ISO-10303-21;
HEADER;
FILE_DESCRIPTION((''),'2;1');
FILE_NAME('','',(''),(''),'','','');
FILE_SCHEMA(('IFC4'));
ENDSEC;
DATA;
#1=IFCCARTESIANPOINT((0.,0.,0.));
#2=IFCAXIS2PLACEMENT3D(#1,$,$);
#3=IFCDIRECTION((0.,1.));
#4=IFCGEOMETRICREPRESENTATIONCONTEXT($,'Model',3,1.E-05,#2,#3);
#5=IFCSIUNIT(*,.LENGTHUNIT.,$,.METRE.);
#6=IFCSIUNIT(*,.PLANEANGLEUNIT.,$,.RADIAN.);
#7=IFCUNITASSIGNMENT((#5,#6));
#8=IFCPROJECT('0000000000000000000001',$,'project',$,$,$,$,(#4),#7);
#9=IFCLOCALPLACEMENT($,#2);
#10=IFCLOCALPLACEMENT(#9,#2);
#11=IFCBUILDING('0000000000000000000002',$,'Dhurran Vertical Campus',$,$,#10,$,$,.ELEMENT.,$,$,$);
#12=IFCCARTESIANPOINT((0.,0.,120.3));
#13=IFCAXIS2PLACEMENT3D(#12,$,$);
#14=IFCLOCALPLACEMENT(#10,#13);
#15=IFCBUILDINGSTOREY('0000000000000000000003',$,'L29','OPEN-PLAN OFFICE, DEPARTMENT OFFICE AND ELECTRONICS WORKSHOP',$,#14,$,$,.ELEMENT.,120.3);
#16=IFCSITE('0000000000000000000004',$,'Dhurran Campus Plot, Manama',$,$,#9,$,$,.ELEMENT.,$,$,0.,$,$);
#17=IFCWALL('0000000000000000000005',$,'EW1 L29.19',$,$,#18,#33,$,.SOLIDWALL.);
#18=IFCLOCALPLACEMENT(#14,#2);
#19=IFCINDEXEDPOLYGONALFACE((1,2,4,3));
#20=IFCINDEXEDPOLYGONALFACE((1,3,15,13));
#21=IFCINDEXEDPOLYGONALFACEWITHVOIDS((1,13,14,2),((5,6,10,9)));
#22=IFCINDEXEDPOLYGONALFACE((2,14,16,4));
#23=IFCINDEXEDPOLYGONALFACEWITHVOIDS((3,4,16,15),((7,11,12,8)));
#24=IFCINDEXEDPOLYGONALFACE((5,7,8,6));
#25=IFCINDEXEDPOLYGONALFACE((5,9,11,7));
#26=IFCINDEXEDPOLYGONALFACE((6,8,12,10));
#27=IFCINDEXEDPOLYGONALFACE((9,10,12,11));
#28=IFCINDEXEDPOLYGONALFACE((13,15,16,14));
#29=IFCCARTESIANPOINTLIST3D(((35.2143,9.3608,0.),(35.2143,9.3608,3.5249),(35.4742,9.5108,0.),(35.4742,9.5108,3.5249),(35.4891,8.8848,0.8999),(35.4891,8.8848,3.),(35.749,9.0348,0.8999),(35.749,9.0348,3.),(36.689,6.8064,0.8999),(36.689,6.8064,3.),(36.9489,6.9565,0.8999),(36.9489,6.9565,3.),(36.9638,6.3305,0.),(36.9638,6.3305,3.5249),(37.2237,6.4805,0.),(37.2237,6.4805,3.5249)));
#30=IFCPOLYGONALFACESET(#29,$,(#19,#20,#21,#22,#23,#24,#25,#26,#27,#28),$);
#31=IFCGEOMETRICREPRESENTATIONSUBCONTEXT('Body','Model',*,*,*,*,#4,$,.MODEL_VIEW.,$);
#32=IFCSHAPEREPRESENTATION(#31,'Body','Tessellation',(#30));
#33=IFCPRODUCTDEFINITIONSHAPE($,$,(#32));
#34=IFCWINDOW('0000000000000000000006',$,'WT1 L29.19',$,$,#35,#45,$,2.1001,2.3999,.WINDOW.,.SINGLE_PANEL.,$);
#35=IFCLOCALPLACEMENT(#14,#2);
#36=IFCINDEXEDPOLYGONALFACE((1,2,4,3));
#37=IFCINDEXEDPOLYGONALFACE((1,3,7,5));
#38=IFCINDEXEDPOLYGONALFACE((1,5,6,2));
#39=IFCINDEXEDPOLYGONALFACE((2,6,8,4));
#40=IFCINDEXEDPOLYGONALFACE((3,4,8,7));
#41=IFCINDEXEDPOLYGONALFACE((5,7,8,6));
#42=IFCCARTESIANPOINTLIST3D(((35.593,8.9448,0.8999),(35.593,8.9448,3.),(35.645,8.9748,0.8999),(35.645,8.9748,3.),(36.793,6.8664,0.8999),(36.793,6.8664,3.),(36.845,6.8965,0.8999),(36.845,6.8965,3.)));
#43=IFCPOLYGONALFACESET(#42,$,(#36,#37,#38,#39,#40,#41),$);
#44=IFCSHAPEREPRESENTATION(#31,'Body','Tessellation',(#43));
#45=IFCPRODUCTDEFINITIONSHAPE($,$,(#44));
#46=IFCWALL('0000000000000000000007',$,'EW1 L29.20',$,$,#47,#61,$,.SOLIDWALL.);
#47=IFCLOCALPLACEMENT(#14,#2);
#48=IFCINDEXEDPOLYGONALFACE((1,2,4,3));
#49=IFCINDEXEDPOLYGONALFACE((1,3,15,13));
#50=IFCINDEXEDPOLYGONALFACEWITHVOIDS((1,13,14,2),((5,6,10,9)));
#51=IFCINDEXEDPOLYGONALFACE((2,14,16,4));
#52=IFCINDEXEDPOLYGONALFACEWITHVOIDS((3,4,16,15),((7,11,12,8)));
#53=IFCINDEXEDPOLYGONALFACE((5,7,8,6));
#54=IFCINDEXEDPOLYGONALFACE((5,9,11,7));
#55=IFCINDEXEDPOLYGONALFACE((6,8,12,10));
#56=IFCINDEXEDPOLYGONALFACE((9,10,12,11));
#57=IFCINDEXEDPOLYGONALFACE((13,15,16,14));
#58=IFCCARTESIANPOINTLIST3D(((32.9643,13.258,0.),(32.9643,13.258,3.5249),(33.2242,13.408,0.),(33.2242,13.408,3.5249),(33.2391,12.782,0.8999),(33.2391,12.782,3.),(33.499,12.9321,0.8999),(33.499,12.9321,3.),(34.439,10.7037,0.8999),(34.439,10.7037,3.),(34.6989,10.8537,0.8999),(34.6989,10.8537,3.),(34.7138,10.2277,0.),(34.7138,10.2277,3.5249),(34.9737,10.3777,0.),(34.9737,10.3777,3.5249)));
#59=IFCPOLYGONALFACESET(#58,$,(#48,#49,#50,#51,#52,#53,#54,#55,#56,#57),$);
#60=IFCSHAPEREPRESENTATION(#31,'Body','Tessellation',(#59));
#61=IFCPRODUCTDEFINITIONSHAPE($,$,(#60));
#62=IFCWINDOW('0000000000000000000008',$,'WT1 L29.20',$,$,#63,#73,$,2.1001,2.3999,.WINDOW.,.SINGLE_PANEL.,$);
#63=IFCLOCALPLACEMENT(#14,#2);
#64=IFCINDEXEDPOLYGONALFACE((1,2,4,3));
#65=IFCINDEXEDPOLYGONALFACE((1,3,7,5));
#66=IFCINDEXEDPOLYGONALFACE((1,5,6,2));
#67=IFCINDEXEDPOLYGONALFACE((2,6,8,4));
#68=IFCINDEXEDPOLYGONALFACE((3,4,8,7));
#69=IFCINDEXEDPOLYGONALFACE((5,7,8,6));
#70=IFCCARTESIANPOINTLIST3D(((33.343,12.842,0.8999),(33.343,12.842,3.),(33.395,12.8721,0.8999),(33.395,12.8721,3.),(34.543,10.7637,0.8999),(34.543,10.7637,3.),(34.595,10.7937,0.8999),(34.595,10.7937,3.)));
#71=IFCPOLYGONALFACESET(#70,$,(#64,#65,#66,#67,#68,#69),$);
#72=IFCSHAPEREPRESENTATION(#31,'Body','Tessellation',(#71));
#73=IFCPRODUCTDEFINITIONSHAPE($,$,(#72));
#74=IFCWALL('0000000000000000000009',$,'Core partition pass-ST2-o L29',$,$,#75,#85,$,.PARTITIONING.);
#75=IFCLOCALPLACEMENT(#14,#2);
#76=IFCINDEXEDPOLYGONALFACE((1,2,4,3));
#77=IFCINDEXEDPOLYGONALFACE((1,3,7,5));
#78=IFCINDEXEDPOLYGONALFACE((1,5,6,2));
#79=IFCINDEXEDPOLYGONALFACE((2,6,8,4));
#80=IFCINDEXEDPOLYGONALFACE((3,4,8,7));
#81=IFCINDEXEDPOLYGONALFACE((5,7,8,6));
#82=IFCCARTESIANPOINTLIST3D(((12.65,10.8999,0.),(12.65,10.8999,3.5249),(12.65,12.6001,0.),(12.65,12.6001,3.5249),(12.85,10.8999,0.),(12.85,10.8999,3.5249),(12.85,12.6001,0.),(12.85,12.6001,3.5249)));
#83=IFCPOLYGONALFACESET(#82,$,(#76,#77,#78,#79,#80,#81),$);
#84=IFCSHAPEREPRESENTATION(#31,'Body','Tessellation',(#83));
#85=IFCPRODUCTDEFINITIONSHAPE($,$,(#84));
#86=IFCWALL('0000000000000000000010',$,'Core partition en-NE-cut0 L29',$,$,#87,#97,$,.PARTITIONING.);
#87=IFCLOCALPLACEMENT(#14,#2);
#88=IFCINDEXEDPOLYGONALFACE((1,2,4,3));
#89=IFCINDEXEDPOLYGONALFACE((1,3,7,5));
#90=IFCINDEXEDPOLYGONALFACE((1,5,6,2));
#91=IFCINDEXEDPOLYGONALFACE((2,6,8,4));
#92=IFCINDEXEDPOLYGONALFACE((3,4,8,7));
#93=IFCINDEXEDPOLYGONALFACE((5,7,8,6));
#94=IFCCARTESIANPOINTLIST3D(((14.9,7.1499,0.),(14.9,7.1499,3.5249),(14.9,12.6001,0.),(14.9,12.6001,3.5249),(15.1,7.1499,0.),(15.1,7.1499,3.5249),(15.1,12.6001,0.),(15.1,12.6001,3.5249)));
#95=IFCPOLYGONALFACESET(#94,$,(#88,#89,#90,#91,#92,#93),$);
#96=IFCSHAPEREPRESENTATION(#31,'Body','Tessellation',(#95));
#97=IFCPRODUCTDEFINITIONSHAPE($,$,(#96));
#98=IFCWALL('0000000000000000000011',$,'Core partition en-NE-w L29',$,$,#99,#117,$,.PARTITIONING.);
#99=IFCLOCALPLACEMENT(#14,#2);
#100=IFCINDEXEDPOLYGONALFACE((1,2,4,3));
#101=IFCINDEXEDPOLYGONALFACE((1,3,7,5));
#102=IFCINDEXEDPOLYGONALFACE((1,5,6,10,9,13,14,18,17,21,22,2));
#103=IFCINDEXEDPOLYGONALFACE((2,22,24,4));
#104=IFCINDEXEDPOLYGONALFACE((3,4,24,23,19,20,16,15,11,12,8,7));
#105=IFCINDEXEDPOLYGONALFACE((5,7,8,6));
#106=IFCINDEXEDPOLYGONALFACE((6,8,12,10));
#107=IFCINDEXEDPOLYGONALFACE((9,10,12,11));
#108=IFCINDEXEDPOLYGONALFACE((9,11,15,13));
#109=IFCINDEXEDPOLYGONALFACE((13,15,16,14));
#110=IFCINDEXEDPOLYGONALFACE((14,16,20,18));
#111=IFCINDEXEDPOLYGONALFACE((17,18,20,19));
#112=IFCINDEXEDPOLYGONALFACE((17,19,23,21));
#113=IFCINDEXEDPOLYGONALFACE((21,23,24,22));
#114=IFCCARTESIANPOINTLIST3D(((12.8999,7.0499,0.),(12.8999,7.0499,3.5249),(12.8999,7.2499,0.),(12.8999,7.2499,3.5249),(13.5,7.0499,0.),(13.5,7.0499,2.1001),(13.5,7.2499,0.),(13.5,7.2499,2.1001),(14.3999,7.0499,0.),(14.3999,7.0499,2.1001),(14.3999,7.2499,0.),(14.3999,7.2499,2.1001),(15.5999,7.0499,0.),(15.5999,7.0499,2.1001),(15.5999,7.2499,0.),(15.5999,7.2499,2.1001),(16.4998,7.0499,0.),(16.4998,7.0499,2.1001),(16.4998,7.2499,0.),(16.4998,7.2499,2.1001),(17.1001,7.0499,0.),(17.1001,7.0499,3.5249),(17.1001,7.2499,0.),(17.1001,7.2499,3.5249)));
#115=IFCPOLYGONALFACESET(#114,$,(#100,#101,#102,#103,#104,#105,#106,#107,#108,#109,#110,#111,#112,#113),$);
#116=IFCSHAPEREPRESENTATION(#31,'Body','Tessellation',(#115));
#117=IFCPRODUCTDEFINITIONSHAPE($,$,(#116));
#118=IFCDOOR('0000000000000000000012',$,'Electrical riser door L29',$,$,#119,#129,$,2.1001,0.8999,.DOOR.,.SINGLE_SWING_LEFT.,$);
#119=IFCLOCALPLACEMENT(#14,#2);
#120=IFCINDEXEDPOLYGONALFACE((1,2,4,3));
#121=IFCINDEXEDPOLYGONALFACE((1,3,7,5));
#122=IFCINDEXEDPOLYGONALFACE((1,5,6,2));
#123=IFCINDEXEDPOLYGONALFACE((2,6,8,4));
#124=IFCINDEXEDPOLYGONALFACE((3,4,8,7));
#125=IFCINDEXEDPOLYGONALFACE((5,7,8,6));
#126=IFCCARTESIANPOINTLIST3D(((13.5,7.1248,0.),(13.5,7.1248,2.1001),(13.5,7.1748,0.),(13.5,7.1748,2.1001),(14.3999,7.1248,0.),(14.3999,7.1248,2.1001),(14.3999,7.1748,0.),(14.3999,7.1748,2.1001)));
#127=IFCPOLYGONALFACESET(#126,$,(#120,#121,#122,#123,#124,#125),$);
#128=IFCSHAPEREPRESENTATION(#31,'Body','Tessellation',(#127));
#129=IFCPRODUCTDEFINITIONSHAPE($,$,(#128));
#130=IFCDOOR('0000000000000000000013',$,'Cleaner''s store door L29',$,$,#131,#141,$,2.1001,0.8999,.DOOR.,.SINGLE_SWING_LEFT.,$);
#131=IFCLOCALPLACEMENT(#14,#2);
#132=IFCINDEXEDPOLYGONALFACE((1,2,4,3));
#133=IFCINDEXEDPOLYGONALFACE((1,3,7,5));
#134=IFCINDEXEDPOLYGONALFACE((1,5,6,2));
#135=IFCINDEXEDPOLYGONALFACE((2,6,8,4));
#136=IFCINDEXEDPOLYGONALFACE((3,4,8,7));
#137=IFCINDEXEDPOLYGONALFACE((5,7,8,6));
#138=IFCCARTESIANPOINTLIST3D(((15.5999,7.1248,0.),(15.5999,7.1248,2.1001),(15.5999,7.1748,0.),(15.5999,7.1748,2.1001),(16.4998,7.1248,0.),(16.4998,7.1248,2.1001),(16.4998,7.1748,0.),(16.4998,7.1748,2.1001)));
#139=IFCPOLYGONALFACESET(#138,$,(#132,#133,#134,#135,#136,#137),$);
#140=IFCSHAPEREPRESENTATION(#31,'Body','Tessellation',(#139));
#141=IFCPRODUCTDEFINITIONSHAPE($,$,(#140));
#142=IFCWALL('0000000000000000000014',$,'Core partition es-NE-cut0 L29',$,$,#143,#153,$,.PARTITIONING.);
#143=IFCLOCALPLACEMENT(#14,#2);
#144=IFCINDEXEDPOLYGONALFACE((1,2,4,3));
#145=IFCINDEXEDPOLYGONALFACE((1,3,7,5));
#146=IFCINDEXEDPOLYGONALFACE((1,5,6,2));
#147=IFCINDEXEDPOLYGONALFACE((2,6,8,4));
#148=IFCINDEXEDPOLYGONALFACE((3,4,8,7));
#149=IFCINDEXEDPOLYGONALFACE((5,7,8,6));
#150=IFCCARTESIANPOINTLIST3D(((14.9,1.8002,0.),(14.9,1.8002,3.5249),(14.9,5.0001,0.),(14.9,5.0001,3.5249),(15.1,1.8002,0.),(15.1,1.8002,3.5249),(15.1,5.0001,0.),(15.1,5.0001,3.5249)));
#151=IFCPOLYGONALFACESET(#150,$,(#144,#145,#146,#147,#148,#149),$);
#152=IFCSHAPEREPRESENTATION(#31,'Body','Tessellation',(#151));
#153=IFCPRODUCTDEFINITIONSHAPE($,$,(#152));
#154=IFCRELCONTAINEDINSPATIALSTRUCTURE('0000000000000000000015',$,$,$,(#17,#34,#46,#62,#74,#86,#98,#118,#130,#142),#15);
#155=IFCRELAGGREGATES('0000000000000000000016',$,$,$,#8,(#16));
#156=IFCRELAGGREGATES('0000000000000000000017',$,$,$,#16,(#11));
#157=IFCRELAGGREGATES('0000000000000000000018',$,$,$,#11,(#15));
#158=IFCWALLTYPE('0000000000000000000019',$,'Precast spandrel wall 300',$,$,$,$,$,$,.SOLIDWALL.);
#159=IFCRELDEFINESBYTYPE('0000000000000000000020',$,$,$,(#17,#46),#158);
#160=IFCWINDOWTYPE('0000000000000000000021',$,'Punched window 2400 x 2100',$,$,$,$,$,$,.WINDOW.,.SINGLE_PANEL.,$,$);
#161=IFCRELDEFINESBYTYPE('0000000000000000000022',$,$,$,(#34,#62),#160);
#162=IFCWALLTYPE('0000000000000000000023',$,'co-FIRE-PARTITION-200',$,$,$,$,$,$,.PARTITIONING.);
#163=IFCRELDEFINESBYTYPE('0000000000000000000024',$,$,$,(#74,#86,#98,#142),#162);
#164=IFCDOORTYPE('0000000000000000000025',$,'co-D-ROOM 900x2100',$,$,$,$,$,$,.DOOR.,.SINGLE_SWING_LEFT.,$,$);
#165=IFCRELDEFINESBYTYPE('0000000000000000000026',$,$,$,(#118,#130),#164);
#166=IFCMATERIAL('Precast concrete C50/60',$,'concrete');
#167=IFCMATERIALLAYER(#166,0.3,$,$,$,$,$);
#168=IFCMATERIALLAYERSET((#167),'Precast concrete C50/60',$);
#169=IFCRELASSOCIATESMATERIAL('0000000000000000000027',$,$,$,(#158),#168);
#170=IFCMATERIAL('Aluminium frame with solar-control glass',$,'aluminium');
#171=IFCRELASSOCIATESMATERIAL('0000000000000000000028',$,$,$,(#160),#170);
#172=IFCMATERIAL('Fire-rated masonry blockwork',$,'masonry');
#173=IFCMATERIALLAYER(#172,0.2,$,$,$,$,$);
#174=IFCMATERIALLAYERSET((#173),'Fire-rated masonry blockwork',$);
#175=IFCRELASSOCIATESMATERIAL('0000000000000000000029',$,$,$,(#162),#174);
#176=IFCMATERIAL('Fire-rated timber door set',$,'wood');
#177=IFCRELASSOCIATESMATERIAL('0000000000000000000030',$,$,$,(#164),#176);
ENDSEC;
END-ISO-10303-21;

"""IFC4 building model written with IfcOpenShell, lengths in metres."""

from ifc_helpers import new_model, si_unit, direction, frame, frame_2d, origin, place, context, subcontext, project, spatial, rectangle, extrude, material, layer, layer_set, type_object, element, fill, save


model = new_model("IFC4")

# Units and contexts
model_context = context("Model", 3, precision=1e-05, world=origin(), true_north=direction((0.0, 1.0)))
body_context = subcontext(model_context, "Body", "Model", "MODEL_VIEW")
ifc_project = project(units=[si_unit("LENGTHUNIT", "METRE"), si_unit("PLANEANGLEUNIT", "RADIAN")], contexts=[model_context])

# Site, building, storey
site_placement = place(None, origin())
site = spatial("IfcSite", under=ifc_project, at=site_placement, Name="Dhurran Campus Plot, Manama", CompositionType="ELEMENT", RefElevation=0.0)
building_placement = place(site_placement, origin())
building = spatial("IfcBuilding", under=site, at=building_placement, Name="Dhurran Vertical Campus", CompositionType="ELEMENT")
storey_placement = place(building_placement, frame((0.0, 0.0, 120.3)))
storey = spatial("IfcBuildingStorey", under=building, at=storey_placement, Name="L29", Description="OPEN-PLAN OFFICE, DEPARTMENT OFFICE AND ELECTRONICS WORKSHOP", CompositionType="ELEMENT", Elevation=120.3)

# Walls, openings, windows
ifc_material_1 = material(Name="Precast concrete C50/60", Category="concrete")
ifc_layer_1 = layer(ifc_material_1, 0.3)
ifc_layer_set_1 = layer_set([ifc_layer_1], Name="Precast concrete C50/60")
wall_type_1 = type_object("IfcWallType", Name="Precast spandrel wall 300", PredefinedType="SOLIDWALL", material=ifc_layer_set_1)
ifc_material_2 = material(Name="Aluminium frame with solar-control glass", Category="aluminium")
window_type = type_object("IfcWindowType", Name="Punched window 2400 x 2100", PartitioningType="SINGLE_PANEL", PredefinedType="WINDOW", material=ifc_material_2)
wall_1_placement = place(storey_placement, frame((37.0938, 6.4055, 0.0), z_axis=(0.0, 0.0, 1.0), x_axis=(-0.499996, 0.866028, 0.0)))
wall_1 = element("IfcWall", 1, at=wall_1_placement, inside=storey, type_object=wall_type_1, Name="EW1 L29.19", PredefinedType="SOLIDWALL", context=body_context, shape_type="SweptSolid", body=[
    extrude(rectangle(XDim=3.499, YDim=0.3, at=frame_2d((1.7495, 0.0))), origin(), (0.0, 0.0, 1.0), 3.5249),
])
opening_1_placement = place(wall_1_placement, frame((0.5496, 0.0, 0.8999)))
opening_1 = element("IfcOpeningElement", 2, at=opening_1_placement, cuts=wall_1, PredefinedType="OPENING", context=body_context, shape_type="SweptSolid", body=[
    extrude(rectangle(XDim=2.3999, YDim=2.1001, at=frame_2d((1.2, 1.05))), frame((0.0, 0.1599, 0.0), z_axis=(0.0, -1.0, 0.0), x_axis=(1.0, 0.0, 0.0)), (0.0, 0.0, 1.0), 0.3201),
])
window_1_placement = place(opening_1_placement, origin())
window_1 = element("IfcWindow", 3, at=window_1_placement, inside=storey, type_object=window_type, Name="WT1 L29.19", OverallHeight=2.1001, OverallWidth=2.3999, PartitioningType="SINGLE_PANEL", PredefinedType="WINDOW", context=body_context, shape_type="SweptSolid", body=[
    extrude(rectangle(XDim=2.3999, YDim=2.1001, at=frame_2d((1.2, 1.05))), frame((0.0, 0.03, 0.0), z_axis=(0.0, -1.0, 0.0), x_axis=(1.0, 0.0, 0.0)), (0.0, 0.0, 1.0), 0.0601),
])
fill(opening_1, window_1)
wall_2_placement = place(storey_placement, frame((34.8438, 10.3027, 0.0), z_axis=(0.0, 0.0, 1.0), x_axis=(-0.499996, 0.866028, 0.0)))
wall_2 = element("IfcWall", 4, at=wall_2_placement, inside=storey, type_object=wall_type_1, Name="EW1 L29.20", PredefinedType="SOLIDWALL", context=body_context, shape_type="SweptSolid", body=[
    extrude(rectangle(XDim=3.499, YDim=0.3, at=frame_2d((1.7495, 0.0))), origin(), (0.0, 0.0, 1.0), 3.5249),
])
opening_2_placement = place(wall_2_placement, frame((0.5496, 0.0, 0.8999)))
opening_2 = element("IfcOpeningElement", 5, at=opening_2_placement, cuts=wall_2, PredefinedType="OPENING", context=body_context, shape_type="SweptSolid", body=[
    extrude(rectangle(XDim=2.3999, YDim=2.1001, at=frame_2d((1.2, 1.05))), frame((0.0, 0.1599, 0.0), z_axis=(0.0, -1.0, 0.0), x_axis=(1.0, 0.0, 0.0)), (0.0, 0.0, 1.0), 0.3201),
])
window_2_placement = place(opening_2_placement, origin())
window_2 = element("IfcWindow", 6, at=window_2_placement, inside=storey, type_object=window_type, Name="WT1 L29.20", OverallHeight=2.1001, OverallWidth=2.3999, PartitioningType="SINGLE_PANEL", PredefinedType="WINDOW", context=body_context, shape_type="SweptSolid", body=[
    extrude(rectangle(XDim=2.3999, YDim=2.1001, at=frame_2d((1.2, 1.05))), frame((0.0, 0.03, 0.0), z_axis=(0.0, -1.0, 0.0), x_axis=(1.0, 0.0, 0.0)), (0.0, 0.0, 1.0), 0.0601),
])
fill(opening_2, window_2)

# Walls
ifc_material_3 = material(Name="Fire-rated masonry blockwork", Category="masonry")
ifc_layer_2 = layer(ifc_material_3, 0.2)
ifc_layer_set_2 = layer_set([ifc_layer_2], Name="Fire-rated masonry blockwork")
wall_type_2 = type_object("IfcWallType", Name="co-FIRE-PARTITION-200", PredefinedType="PARTITIONING", material=ifc_layer_set_2)
wall_3_placement = place(storey_placement, frame((12.75, 10.8999, 0.0), z_axis=(0.0, 0.0, 1.0), x_axis=(0.0, 1.0, 0.0)))
element("IfcWall", 7, at=wall_3_placement, inside=storey, type_object=wall_type_2, Name="Core partition pass-ST2-o L29", PredefinedType="PARTITIONING", context=body_context, shape_type="SweptSolid", body=[
    extrude(rectangle(XDim=1.7002, YDim=0.2, at=frame_2d((0.8501, 0.0))), origin(), (0.0, 0.0, 1.0), 3.5249),
])
wall_4_placement = place(storey_placement, frame((15.0, 7.1499, 0.0), z_axis=(0.0, 0.0, 1.0), x_axis=(0.0, 1.0, 0.0)))
element("IfcWall", 8, at=wall_4_placement, inside=storey, type_object=wall_type_2, Name="Core partition en-NE-cut0 L29", PredefinedType="PARTITIONING", context=body_context, shape_type="SweptSolid", body=[
    extrude(rectangle(XDim=5.4502, YDim=0.2, at=frame_2d((2.7251, 0.0))), origin(), (0.0, 0.0, 1.0), 3.5249),
])

# Wall, openings, doors
wall_5_placement = place(storey_placement, frame((12.8999, 7.1499, 0.0), z_axis=(0.0, 0.0, 1.0), x_axis=(1.0, 0.0, 0.0)))
wall_5 = element("IfcWall", 9, at=wall_5_placement, inside=storey, type_object=wall_type_2, Name="Core partition en-NE-w L29", PredefinedType="PARTITIONING", context=body_context, shape_type="SweptSolid", body=[
    extrude(rectangle(XDim=4.2002, YDim=0.2, at=frame_2d((2.1001, 0.0))), origin(), (0.0, 0.0, 1.0), 3.5249),
])
opening_3_placement = place(wall_5_placement, frame((0.6001, 0.0, 0.0)))
opening_3 = element("IfcOpeningElement", 10, at=opening_3_placement, cuts=wall_5, PredefinedType="OPENING", context=body_context, shape_type="SweptSolid", body=[
    extrude(rectangle(XDim=0.8999, YDim=2.1001, at=frame_2d((0.45, 1.05))), frame((0.0, 0.1099, 0.0), z_axis=(0.0, -1.0, 0.0), x_axis=(1.0, 0.0, 0.0)), (0.0, 0.0, 1.0), 0.22),
])
opening_4_placement = place(wall_5_placement, frame((2.7, 0.0, 0.0)))
opening_4 = element("IfcOpeningElement", 11, at=opening_4_placement, cuts=wall_5, PredefinedType="OPENING", context=body_context, shape_type="SweptSolid", body=[
    extrude(rectangle(XDim=0.8999, YDim=2.1001, at=frame_2d((0.45, 1.05))), frame((0.0, 0.1099, 0.0), z_axis=(0.0, -1.0, 0.0), x_axis=(1.0, 0.0, 0.0)), (0.0, 0.0, 1.0), 0.22),
])
ifc_material_4 = material(Name="Fire-rated timber door set", Category="wood")
door_type_1 = type_object("IfcDoorType", Name="co-D-ROOM 900x2100", OperationType="SINGLE_SWING_LEFT", PredefinedType="DOOR", material=ifc_material_4)
door_1_placement = place(opening_3_placement, origin())
door_1 = element("IfcDoor", 12, at=door_1_placement, inside=storey, type_object=door_type_1, Name="Electrical riser door L29", OperationType="SINGLE_SWING_LEFT", OverallHeight=2.1001, OverallWidth=0.8999, PredefinedType="DOOR", context=body_context, shape_type="SweptSolid", body=[
    extrude(rectangle(XDim=0.8999, YDim=2.1001, at=frame_2d((0.45, 1.05))), frame((0.0, 0.0249, 0.0), z_axis=(0.0, -1.0, 0.0), x_axis=(1.0, 0.0, 0.0)), (0.0, 0.0, 1.0), 0.05),
])
fill(opening_3, door_1)
door_2_placement = place(opening_4_placement, origin())
door_2 = element("IfcDoor", 13, at=door_2_placement, inside=storey, type_object=door_type_1, Name="Cleaner's store door L29", OperationType="SINGLE_SWING_LEFT", OverallHeight=2.1001, OverallWidth=0.8999, PredefinedType="DOOR", context=body_context, shape_type="SweptSolid", body=[
    extrude(rectangle(XDim=0.8999, YDim=2.1001, at=frame_2d((0.45, 1.05))), frame((0.0, 0.0249, 0.0), z_axis=(0.0, -1.0, 0.0), x_axis=(1.0, 0.0, 0.0)), (0.0, 0.0, 1.0), 0.05),
])
fill(opening_4, door_2)

# Wall
wall_6_placement = place(storey_placement, frame((15.0, 1.8, 0.0), z_axis=(0.0, 0.0, 1.0), x_axis=(0.0, 1.0, 0.0)))
element("IfcWall", 14, at=wall_6_placement, inside=storey, type_object=wall_type_2, Name="Core partition es-NE-cut0 L29", PredefinedType="PARTITIONING", context=body_context, shape_type="SweptSolid", body=[
    extrude(rectangle(XDim=3.2, YDim=0.2, at=frame_2d((1.6001, 0.0))), origin(), (0.0, 0.0, 1.0), 3.5249),
])

save(model, "model.ifc")
